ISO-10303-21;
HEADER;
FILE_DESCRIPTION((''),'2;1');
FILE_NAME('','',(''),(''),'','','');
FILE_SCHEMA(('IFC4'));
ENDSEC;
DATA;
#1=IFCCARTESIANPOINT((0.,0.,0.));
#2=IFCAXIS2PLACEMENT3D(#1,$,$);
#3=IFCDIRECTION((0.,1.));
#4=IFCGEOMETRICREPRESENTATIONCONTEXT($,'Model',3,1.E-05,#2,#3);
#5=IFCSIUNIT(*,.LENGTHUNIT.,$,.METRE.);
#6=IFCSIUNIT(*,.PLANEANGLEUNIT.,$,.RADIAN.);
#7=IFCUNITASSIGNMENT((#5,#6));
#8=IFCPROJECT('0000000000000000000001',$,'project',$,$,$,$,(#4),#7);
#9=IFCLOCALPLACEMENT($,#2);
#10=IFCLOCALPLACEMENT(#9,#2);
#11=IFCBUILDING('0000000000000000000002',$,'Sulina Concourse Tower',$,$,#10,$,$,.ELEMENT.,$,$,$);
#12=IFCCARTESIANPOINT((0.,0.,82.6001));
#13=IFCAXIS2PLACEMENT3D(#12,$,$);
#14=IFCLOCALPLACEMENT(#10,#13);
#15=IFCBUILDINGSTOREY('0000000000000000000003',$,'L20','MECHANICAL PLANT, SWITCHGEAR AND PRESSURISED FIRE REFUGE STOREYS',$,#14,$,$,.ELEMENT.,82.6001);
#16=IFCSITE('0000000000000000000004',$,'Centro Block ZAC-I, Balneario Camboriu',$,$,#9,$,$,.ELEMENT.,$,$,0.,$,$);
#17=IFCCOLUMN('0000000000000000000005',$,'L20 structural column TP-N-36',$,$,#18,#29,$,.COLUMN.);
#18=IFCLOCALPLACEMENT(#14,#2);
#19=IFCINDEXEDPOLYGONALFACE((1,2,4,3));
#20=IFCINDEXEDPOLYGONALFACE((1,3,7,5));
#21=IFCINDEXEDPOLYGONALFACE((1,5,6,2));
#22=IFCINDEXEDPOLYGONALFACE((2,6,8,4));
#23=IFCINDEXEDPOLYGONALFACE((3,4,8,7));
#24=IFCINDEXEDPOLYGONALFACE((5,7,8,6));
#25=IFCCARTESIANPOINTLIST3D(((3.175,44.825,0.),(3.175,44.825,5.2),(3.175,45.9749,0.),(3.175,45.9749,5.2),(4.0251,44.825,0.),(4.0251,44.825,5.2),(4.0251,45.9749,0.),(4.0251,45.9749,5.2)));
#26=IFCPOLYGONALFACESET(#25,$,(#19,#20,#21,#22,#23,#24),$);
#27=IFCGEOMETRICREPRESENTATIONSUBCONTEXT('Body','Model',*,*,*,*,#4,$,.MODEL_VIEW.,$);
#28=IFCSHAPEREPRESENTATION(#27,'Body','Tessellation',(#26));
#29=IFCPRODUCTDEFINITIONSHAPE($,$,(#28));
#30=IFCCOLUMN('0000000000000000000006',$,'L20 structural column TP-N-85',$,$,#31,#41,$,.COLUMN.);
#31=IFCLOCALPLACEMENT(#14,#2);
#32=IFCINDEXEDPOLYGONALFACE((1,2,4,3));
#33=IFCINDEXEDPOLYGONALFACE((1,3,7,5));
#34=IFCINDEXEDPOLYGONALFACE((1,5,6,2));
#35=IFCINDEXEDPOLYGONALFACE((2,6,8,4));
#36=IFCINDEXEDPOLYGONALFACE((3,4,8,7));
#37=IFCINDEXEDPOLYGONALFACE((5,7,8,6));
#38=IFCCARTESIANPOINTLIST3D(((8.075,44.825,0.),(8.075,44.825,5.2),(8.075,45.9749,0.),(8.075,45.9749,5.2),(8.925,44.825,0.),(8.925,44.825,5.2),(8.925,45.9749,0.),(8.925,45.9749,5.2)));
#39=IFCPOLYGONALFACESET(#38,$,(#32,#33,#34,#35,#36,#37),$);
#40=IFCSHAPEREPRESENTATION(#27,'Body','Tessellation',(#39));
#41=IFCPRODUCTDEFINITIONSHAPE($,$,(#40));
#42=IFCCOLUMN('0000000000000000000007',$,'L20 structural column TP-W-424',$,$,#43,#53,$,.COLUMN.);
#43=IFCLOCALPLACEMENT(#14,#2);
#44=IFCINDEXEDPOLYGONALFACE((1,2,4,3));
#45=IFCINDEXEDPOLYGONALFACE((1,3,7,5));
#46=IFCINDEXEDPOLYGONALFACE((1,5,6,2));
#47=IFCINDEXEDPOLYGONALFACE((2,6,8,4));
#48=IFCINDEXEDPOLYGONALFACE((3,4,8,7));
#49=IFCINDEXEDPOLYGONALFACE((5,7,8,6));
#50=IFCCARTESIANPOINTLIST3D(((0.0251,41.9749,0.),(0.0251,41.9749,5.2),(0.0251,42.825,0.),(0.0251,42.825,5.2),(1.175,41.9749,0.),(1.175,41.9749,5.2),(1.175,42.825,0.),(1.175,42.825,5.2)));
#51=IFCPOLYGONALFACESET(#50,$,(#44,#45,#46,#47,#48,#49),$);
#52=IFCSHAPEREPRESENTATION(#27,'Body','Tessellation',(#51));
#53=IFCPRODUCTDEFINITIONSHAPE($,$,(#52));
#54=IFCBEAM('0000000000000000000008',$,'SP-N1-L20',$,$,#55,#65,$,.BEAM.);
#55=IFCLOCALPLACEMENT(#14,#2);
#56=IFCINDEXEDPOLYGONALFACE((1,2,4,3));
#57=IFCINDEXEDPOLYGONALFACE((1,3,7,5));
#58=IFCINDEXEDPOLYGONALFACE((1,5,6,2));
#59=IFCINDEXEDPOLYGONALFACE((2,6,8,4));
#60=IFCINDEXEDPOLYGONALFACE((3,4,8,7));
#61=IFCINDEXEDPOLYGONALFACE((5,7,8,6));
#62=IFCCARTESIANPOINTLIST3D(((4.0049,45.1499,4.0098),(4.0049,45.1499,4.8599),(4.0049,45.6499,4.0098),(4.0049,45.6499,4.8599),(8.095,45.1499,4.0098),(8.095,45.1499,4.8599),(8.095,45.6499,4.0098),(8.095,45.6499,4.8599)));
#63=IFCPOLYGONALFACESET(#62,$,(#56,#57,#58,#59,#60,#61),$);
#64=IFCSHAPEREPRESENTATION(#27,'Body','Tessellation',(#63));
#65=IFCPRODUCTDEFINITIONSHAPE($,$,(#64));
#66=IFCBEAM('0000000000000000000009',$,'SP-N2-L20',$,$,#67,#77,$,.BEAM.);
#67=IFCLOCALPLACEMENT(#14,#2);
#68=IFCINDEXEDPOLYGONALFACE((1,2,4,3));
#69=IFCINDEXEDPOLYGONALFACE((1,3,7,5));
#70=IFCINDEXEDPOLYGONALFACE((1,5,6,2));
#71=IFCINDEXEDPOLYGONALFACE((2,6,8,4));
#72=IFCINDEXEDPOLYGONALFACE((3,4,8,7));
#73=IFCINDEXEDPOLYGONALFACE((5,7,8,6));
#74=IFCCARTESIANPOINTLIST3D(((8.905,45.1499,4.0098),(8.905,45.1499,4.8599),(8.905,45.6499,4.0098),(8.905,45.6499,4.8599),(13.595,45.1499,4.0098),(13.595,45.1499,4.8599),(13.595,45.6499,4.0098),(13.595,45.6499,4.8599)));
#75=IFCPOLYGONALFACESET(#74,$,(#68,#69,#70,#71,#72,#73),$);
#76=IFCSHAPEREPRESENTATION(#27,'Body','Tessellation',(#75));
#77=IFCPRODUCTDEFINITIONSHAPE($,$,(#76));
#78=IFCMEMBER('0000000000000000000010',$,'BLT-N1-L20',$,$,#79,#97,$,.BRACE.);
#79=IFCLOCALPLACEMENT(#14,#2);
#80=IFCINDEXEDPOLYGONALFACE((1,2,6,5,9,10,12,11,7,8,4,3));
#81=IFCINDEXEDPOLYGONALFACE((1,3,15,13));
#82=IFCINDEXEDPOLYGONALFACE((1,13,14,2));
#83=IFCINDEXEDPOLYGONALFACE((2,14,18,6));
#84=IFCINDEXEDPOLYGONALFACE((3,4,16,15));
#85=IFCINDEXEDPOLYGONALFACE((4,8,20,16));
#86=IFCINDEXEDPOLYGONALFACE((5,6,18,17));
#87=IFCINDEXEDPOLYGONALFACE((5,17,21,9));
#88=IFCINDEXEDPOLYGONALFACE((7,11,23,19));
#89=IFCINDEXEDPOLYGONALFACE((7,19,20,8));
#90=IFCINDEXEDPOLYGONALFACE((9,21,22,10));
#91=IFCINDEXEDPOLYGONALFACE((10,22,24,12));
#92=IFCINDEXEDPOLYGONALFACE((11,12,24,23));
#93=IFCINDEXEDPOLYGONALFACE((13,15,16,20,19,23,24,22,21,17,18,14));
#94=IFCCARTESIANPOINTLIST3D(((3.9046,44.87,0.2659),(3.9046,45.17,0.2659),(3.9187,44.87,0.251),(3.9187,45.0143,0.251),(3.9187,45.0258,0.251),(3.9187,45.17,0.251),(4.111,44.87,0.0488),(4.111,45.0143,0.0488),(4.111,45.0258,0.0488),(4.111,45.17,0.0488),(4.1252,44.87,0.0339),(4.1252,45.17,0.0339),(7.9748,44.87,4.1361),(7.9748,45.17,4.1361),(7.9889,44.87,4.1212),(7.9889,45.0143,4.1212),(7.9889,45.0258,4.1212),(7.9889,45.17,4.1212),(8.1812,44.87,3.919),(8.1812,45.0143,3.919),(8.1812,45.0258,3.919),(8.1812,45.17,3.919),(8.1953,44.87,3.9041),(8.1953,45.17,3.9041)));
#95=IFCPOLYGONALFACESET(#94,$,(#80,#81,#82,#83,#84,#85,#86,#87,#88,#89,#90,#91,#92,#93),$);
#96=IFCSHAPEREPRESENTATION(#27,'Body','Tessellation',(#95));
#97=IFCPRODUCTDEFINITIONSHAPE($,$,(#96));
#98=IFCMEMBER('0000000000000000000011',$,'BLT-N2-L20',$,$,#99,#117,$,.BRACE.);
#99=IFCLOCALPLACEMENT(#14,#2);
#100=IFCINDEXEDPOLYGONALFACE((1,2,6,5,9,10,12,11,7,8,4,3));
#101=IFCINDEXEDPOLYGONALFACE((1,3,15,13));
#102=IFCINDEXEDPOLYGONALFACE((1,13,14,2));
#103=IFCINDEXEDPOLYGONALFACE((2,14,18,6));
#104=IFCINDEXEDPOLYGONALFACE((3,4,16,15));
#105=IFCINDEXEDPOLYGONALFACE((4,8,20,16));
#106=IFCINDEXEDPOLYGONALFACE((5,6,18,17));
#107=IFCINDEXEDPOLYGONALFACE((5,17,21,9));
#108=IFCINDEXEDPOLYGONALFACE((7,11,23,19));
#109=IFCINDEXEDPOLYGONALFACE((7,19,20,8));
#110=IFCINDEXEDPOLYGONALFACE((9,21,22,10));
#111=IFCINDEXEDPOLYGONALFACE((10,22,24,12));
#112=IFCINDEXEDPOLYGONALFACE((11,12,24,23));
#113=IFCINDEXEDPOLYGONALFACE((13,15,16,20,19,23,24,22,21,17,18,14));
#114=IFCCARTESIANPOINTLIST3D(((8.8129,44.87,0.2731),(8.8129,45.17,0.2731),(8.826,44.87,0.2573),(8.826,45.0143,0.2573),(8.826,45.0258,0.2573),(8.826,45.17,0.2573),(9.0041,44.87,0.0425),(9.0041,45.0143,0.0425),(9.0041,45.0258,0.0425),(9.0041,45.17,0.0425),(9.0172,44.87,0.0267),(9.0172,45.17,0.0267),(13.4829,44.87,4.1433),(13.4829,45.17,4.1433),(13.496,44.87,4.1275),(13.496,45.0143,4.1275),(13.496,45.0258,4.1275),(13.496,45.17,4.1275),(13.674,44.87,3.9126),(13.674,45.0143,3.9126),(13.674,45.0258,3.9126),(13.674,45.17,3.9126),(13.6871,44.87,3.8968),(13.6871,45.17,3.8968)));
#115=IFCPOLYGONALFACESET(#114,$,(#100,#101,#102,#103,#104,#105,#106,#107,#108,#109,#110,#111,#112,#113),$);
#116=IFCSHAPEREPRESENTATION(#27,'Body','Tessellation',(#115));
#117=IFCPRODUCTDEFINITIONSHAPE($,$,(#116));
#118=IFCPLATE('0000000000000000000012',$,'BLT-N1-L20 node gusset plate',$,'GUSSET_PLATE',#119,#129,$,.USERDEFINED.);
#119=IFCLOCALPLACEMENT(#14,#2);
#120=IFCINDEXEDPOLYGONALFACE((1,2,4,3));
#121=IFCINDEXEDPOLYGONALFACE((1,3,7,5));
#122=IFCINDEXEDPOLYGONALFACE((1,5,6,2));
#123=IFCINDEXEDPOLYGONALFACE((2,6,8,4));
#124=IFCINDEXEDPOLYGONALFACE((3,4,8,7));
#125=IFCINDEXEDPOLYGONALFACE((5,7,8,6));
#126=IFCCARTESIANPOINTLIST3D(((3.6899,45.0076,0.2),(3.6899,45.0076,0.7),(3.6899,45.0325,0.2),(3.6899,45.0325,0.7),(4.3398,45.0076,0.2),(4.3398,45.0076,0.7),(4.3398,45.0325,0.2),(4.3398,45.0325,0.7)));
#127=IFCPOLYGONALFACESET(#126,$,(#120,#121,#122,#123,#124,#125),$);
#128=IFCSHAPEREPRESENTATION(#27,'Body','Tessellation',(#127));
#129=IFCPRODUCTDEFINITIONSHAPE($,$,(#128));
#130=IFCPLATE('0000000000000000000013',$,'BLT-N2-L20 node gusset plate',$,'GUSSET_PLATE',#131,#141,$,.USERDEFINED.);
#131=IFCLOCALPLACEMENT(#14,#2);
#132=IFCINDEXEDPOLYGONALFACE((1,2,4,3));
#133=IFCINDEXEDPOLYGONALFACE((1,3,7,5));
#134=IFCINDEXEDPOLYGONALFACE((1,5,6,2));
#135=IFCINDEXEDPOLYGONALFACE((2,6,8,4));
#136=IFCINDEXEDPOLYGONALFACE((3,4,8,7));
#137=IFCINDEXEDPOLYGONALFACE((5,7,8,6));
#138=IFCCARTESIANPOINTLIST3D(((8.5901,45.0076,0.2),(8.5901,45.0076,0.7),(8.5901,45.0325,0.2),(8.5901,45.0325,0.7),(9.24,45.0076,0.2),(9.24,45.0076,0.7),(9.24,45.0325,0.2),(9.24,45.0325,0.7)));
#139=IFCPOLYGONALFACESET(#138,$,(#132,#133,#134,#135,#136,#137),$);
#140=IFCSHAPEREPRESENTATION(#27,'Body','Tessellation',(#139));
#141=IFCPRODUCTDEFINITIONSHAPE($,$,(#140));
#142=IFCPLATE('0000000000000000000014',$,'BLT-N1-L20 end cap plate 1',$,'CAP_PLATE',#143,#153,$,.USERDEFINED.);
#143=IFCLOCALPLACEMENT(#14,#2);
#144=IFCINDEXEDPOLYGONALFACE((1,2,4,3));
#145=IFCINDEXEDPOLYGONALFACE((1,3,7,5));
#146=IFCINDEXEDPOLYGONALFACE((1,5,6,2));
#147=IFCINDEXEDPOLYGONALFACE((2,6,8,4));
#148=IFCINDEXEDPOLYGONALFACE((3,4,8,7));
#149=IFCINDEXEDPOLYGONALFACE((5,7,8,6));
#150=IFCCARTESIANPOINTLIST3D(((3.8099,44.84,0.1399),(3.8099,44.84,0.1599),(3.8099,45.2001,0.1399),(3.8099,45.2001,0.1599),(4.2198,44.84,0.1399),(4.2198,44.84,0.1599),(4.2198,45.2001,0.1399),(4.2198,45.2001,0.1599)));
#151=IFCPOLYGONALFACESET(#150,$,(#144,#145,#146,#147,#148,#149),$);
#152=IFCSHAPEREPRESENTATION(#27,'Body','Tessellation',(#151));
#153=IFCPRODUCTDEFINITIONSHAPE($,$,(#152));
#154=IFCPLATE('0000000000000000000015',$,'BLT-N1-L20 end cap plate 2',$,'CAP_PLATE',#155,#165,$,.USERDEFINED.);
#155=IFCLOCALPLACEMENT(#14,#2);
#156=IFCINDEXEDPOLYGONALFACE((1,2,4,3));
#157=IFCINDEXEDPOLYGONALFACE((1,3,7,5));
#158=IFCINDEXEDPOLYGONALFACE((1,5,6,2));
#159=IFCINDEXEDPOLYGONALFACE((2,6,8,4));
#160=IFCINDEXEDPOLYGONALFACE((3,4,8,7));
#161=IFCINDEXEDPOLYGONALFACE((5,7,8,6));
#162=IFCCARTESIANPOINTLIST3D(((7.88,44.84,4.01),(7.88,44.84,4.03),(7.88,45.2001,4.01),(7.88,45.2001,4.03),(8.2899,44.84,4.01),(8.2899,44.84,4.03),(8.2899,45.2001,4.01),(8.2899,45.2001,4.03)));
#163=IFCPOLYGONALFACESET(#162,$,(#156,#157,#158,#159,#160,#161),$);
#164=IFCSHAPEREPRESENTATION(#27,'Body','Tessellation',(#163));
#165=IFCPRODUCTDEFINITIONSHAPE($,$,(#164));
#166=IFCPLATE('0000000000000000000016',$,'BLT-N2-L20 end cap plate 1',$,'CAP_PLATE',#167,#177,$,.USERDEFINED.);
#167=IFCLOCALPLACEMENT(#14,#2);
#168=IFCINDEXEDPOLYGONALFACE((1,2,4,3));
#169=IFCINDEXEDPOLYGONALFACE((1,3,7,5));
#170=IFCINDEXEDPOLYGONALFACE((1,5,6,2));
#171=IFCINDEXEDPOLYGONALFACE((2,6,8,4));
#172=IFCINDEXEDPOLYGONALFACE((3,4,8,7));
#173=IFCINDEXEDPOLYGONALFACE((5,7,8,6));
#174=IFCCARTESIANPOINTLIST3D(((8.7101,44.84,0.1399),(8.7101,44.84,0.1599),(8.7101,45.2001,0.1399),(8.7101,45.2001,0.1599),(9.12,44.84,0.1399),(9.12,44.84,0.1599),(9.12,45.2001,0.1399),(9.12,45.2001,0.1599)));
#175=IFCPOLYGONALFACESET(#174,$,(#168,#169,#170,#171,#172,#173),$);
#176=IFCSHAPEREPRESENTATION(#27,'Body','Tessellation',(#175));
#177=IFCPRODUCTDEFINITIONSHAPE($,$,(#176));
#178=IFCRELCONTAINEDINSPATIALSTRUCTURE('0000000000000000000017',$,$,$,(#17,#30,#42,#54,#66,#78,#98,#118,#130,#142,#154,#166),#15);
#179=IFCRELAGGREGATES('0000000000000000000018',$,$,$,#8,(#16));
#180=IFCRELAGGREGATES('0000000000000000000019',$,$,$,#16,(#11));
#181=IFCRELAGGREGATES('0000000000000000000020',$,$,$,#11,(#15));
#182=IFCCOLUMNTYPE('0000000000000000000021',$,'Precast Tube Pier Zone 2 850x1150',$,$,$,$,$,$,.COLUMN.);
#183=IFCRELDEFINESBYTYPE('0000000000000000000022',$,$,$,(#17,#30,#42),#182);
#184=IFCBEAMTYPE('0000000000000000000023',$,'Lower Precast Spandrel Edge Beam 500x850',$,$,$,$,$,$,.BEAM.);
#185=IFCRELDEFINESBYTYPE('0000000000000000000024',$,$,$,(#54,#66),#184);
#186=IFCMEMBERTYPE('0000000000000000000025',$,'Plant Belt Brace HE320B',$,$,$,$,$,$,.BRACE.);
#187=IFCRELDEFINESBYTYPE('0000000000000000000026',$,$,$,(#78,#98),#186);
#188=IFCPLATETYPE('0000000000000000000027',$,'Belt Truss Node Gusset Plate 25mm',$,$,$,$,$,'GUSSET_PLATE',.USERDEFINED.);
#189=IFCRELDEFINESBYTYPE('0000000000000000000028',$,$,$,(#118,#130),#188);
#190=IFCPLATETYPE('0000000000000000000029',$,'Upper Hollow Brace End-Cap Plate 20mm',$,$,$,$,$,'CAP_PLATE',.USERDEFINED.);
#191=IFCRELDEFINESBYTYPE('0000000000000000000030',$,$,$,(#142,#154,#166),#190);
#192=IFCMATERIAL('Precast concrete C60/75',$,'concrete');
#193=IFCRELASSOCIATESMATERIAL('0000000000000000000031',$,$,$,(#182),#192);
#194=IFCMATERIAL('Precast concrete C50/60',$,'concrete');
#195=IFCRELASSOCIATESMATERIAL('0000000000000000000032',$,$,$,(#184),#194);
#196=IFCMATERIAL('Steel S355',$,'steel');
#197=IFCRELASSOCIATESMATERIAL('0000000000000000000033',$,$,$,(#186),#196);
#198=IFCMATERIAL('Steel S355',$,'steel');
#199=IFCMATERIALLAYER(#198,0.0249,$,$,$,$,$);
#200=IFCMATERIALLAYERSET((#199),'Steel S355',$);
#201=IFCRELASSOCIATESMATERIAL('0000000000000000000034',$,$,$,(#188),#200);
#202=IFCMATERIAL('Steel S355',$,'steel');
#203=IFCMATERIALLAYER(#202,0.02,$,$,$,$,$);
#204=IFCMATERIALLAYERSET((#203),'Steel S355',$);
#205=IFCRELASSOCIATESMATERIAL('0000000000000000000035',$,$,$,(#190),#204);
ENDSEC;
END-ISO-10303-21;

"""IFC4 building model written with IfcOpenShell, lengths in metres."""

from ifc_helpers import new_model, si_unit, direction, frame, origin, origin_2d, place, context, subcontext, project, spatial, rectangle, i_section, extrude, material, layer, layer_set, material_profile, profile_set, type_object, element, save


model = new_model("IFC4")

# Units and contexts
model_context = context("Model", 3, precision=1e-05, world=origin(), true_north=direction((0.0, 1.0)))
body_context = subcontext(model_context, "Body", "Model", "MODEL_VIEW")
ifc_project = project(units=[si_unit("LENGTHUNIT", "METRE"), si_unit("PLANEANGLEUNIT", "RADIAN")], contexts=[model_context])

# Site, building, storey
site_placement = place(None, origin())
site = spatial("IfcSite", under=ifc_project, at=site_placement, Name="Centro Block ZAC-I, Balneario Camboriu", CompositionType="ELEMENT", RefElevation=0.0)
building_placement = place(site_placement, origin())
building = spatial("IfcBuilding", under=site, at=building_placement, Name="Sulina Concourse Tower", CompositionType="ELEMENT")
storey_placement = place(building_placement, frame((0.0, 0.0, 82.6001)))
storey = spatial("IfcBuildingStorey", under=building, at=storey_placement, Name="L20", Description="MECHANICAL PLANT, SWITCHGEAR AND PRESSURISED FIRE REFUGE STOREYS", CompositionType="ELEMENT", Elevation=82.6001)

# Columns
ifc_material_1 = material(Name="Precast concrete C60/75", Category="concrete")
ifc_material_profile_1 = material_profile(ifc_material_1, rectangle(XDim=0.8501, YDim=1.1499, at=origin_2d()), Name="PC 850x1150")
ifc_profile_set_1 = profile_set([ifc_material_profile_1], Name="Precast concrete C60/75")
column_type = type_object("IfcColumnType", Name="Precast Tube Pier Zone 2 850x1150", PredefinedType="COLUMN", material=ifc_profile_set_1)
for number, where, z_axis, x_axis, name in (
    (1, (3.6001, 45.3999, 0.0), (0.0, 0.0, 1.0), (1.0, 0.0, 0.0), "L20 structural column TP-N-36"),
    (2, (8.5, 45.3999, 0.0), (0.0, 0.0, 1.0), (1.0, 0.0, 0.0), "L20 structural column TP-N-85"),
    (3, (0.6001, 42.3999, 0.0), (0.0, 0.0, 1.0), (0.0, 1.0, 0.0), "L20 structural column TP-W-424"),
):
    element("IfcColumn", number, at=place(storey_placement, frame(where, z_axis=z_axis, x_axis=x_axis)), inside=storey, type_object=column_type, Name=name, PredefinedType="COLUMN", context=body_context, shape_type="SweptSolid", body=[
        extrude(rectangle(XDim=0.8501, YDim=1.1499, at=origin_2d()), origin(), (0.0, 0.0, 1.0), 5.2),
    ])

# Beams
ifc_material_2 = material(Name="Precast concrete C50/60", Category="concrete")
ifc_material_profile_2 = material_profile(ifc_material_2, rectangle(XDim=0.5, YDim=0.8501, at=origin_2d()), Name="RC 500x850")
ifc_profile_set_2 = profile_set([ifc_material_profile_2], Name="Precast concrete C50/60")
beam_type = type_object("IfcBeamType", Name="Lower Precast Spandrel Edge Beam 500x850", PredefinedType="BEAM", material=ifc_profile_set_2)
beam_1_placement = place(storey_placement, frame((4.0049, 45.3999, 4.4348), z_axis=(1.0, 0.0, 0.0), x_axis=(0.0, 1.0, 0.0)))
element("IfcBeam", 4, at=beam_1_placement, inside=storey, type_object=beam_type, Name="SP-N1-L20", PredefinedType="BEAM", context=body_context, shape_type="SweptSolid", body=[
    extrude(rectangle(XDim=0.5, YDim=0.8501, at=origin_2d()), origin(), (0.0, 0.0, 1.0), 4.0901),
])
beam_2_placement = place(storey_placement, frame((8.905, 45.3999, 4.4348), z_axis=(1.0, 0.0, 0.0), x_axis=(0.0, 1.0, 0.0)))
element("IfcBeam", 5, at=beam_2_placement, inside=storey, type_object=beam_type, Name="SP-N2-L20", PredefinedType="BEAM", context=body_context, shape_type="SweptSolid", body=[
    extrude(rectangle(XDim=0.5, YDim=0.8501, at=origin_2d()), origin(), (0.0, 0.0, 1.0), 4.6899),
])

# Members
ifc_material_3 = material(Name="Steel S355", Category="steel")
ifc_material_profile_3 = material_profile(ifc_material_3, i_section(OverallWidth=0.3, OverallDepth=0.3201, WebThickness=0.0115, FlangeThickness=0.0205, at=origin_2d()), Name="HE 320 B")
ifc_profile_set_3 = profile_set([ifc_material_profile_3], Name="Steel S355")
member_type = type_object("IfcMemberType", Name="Plant Belt Brace HE320B", PredefinedType="BRACE", material=ifc_profile_set_3)
member_1_placement = place(storey_placement, frame((4.0149, 45.02, 0.1499), z_axis=(0.724684, 0.0, 0.689082), x_axis=(0.0, 1.0, 0.0)))
element("IfcMember", 6, at=member_1_placement, inside=storey, type_object=member_type, Name="BLT-N1-L20", PredefinedType="BRACE", context=body_context, shape_type="SweptSolid", body=[
    extrude(i_section(OverallWidth=0.3, OverallDepth=0.3201, WebThickness=0.0115, FlangeThickness=0.0205, at=origin_2d()), origin(), (0.0, 0.0, 1.0), 5.6165),
])
member_2_placement = place(storey_placement, frame((8.915, 45.02, 0.1499), z_axis=(0.769961, 0.0, 0.638092), x_axis=(0.0, 1.0, 0.0)))
element("IfcMember", 7, at=member_2_placement, inside=storey, type_object=member_type, Name="BLT-N2-L20", PredefinedType="BRACE", context=body_context, shape_type="SweptSolid", body=[
    extrude(i_section(OverallWidth=0.3, OverallDepth=0.3201, WebThickness=0.0115, FlangeThickness=0.0205, at=origin_2d()), origin(), (0.0, 0.0, 1.0), 6.0652),
])

# Plates
ifc_material_4 = material(Name="Steel S355", Category="steel")
ifc_layer_1 = layer(ifc_material_4, 0.0249)
ifc_layer_set_1 = layer_set([ifc_layer_1], Name="Steel S355")
plate_type_1 = type_object("IfcPlateType", Name="Belt Truss Node Gusset Plate 25mm", ElementType="GUSSET_PLATE", PredefinedType="USERDEFINED", material=ifc_layer_set_1)
for number, where, z_axis, x_axis, name in (
    (8, (4.0149, 45.02, 0.2), (0.0, 0.0, 1.0), (1.0, 0.0, 0.0), "BLT-N1-L20 node gusset plate"),
    (9, (8.915, 45.02, 0.2), (0.0, 0.0, 1.0), (1.0, 0.0, 0.0), "BLT-N2-L20 node gusset plate"),
):
    element("IfcPlate", number, at=place(storey_placement, frame(where, z_axis=z_axis, x_axis=x_axis)), inside=storey, type_object=plate_type_1, Name=name, ObjectType="GUSSET_PLATE", PredefinedType="USERDEFINED", context=body_context, shape_type="SweptSolid", body=[
        extrude(rectangle(XDim=0.6499, YDim=0.0249, at=origin_2d()), origin(), (0.0, 0.0, 1.0), 0.5),
    ])
ifc_material_5 = material(Name="Steel S355", Category="steel")
ifc_layer_2 = layer(ifc_material_5, 0.02)
ifc_layer_set_2 = layer_set([ifc_layer_2], Name="Steel S355")
plate_type_2 = type_object("IfcPlateType", Name="Upper Hollow Brace End-Cap Plate 20mm", ElementType="CAP_PLATE", PredefinedType="USERDEFINED", material=ifc_layer_set_2)
for number, where, z_axis, x_axis, name in (
    (10, (4.0149, 45.02, 0.1399), (0.0, 0.0, 1.0), (1.0, 0.0, 0.0), "BLT-N1-L20 end cap plate 1"),
    (11, (8.085, 45.02, 4.01), (0.0, 0.0, 1.0), (1.0, 0.0, 0.0), "BLT-N1-L20 end cap plate 2"),
    (12, (8.915, 45.02, 0.1399), (0.0, 0.0, 1.0), (1.0, 0.0, 0.0), "BLT-N2-L20 end cap plate 1"),
):
    element("IfcPlate", number, at=place(storey_placement, frame(where, z_axis=z_axis, x_axis=x_axis)), inside=storey, type_object=plate_type_2, Name=name, ObjectType="CAP_PLATE", PredefinedType="USERDEFINED", context=body_context, shape_type="SweptSolid", body=[
        extrude(rectangle(XDim=0.4099, YDim=0.3601, at=origin_2d()), origin(), (0.0, 0.0, 1.0), 0.02),
    ])

save(model, "model.ifc")
